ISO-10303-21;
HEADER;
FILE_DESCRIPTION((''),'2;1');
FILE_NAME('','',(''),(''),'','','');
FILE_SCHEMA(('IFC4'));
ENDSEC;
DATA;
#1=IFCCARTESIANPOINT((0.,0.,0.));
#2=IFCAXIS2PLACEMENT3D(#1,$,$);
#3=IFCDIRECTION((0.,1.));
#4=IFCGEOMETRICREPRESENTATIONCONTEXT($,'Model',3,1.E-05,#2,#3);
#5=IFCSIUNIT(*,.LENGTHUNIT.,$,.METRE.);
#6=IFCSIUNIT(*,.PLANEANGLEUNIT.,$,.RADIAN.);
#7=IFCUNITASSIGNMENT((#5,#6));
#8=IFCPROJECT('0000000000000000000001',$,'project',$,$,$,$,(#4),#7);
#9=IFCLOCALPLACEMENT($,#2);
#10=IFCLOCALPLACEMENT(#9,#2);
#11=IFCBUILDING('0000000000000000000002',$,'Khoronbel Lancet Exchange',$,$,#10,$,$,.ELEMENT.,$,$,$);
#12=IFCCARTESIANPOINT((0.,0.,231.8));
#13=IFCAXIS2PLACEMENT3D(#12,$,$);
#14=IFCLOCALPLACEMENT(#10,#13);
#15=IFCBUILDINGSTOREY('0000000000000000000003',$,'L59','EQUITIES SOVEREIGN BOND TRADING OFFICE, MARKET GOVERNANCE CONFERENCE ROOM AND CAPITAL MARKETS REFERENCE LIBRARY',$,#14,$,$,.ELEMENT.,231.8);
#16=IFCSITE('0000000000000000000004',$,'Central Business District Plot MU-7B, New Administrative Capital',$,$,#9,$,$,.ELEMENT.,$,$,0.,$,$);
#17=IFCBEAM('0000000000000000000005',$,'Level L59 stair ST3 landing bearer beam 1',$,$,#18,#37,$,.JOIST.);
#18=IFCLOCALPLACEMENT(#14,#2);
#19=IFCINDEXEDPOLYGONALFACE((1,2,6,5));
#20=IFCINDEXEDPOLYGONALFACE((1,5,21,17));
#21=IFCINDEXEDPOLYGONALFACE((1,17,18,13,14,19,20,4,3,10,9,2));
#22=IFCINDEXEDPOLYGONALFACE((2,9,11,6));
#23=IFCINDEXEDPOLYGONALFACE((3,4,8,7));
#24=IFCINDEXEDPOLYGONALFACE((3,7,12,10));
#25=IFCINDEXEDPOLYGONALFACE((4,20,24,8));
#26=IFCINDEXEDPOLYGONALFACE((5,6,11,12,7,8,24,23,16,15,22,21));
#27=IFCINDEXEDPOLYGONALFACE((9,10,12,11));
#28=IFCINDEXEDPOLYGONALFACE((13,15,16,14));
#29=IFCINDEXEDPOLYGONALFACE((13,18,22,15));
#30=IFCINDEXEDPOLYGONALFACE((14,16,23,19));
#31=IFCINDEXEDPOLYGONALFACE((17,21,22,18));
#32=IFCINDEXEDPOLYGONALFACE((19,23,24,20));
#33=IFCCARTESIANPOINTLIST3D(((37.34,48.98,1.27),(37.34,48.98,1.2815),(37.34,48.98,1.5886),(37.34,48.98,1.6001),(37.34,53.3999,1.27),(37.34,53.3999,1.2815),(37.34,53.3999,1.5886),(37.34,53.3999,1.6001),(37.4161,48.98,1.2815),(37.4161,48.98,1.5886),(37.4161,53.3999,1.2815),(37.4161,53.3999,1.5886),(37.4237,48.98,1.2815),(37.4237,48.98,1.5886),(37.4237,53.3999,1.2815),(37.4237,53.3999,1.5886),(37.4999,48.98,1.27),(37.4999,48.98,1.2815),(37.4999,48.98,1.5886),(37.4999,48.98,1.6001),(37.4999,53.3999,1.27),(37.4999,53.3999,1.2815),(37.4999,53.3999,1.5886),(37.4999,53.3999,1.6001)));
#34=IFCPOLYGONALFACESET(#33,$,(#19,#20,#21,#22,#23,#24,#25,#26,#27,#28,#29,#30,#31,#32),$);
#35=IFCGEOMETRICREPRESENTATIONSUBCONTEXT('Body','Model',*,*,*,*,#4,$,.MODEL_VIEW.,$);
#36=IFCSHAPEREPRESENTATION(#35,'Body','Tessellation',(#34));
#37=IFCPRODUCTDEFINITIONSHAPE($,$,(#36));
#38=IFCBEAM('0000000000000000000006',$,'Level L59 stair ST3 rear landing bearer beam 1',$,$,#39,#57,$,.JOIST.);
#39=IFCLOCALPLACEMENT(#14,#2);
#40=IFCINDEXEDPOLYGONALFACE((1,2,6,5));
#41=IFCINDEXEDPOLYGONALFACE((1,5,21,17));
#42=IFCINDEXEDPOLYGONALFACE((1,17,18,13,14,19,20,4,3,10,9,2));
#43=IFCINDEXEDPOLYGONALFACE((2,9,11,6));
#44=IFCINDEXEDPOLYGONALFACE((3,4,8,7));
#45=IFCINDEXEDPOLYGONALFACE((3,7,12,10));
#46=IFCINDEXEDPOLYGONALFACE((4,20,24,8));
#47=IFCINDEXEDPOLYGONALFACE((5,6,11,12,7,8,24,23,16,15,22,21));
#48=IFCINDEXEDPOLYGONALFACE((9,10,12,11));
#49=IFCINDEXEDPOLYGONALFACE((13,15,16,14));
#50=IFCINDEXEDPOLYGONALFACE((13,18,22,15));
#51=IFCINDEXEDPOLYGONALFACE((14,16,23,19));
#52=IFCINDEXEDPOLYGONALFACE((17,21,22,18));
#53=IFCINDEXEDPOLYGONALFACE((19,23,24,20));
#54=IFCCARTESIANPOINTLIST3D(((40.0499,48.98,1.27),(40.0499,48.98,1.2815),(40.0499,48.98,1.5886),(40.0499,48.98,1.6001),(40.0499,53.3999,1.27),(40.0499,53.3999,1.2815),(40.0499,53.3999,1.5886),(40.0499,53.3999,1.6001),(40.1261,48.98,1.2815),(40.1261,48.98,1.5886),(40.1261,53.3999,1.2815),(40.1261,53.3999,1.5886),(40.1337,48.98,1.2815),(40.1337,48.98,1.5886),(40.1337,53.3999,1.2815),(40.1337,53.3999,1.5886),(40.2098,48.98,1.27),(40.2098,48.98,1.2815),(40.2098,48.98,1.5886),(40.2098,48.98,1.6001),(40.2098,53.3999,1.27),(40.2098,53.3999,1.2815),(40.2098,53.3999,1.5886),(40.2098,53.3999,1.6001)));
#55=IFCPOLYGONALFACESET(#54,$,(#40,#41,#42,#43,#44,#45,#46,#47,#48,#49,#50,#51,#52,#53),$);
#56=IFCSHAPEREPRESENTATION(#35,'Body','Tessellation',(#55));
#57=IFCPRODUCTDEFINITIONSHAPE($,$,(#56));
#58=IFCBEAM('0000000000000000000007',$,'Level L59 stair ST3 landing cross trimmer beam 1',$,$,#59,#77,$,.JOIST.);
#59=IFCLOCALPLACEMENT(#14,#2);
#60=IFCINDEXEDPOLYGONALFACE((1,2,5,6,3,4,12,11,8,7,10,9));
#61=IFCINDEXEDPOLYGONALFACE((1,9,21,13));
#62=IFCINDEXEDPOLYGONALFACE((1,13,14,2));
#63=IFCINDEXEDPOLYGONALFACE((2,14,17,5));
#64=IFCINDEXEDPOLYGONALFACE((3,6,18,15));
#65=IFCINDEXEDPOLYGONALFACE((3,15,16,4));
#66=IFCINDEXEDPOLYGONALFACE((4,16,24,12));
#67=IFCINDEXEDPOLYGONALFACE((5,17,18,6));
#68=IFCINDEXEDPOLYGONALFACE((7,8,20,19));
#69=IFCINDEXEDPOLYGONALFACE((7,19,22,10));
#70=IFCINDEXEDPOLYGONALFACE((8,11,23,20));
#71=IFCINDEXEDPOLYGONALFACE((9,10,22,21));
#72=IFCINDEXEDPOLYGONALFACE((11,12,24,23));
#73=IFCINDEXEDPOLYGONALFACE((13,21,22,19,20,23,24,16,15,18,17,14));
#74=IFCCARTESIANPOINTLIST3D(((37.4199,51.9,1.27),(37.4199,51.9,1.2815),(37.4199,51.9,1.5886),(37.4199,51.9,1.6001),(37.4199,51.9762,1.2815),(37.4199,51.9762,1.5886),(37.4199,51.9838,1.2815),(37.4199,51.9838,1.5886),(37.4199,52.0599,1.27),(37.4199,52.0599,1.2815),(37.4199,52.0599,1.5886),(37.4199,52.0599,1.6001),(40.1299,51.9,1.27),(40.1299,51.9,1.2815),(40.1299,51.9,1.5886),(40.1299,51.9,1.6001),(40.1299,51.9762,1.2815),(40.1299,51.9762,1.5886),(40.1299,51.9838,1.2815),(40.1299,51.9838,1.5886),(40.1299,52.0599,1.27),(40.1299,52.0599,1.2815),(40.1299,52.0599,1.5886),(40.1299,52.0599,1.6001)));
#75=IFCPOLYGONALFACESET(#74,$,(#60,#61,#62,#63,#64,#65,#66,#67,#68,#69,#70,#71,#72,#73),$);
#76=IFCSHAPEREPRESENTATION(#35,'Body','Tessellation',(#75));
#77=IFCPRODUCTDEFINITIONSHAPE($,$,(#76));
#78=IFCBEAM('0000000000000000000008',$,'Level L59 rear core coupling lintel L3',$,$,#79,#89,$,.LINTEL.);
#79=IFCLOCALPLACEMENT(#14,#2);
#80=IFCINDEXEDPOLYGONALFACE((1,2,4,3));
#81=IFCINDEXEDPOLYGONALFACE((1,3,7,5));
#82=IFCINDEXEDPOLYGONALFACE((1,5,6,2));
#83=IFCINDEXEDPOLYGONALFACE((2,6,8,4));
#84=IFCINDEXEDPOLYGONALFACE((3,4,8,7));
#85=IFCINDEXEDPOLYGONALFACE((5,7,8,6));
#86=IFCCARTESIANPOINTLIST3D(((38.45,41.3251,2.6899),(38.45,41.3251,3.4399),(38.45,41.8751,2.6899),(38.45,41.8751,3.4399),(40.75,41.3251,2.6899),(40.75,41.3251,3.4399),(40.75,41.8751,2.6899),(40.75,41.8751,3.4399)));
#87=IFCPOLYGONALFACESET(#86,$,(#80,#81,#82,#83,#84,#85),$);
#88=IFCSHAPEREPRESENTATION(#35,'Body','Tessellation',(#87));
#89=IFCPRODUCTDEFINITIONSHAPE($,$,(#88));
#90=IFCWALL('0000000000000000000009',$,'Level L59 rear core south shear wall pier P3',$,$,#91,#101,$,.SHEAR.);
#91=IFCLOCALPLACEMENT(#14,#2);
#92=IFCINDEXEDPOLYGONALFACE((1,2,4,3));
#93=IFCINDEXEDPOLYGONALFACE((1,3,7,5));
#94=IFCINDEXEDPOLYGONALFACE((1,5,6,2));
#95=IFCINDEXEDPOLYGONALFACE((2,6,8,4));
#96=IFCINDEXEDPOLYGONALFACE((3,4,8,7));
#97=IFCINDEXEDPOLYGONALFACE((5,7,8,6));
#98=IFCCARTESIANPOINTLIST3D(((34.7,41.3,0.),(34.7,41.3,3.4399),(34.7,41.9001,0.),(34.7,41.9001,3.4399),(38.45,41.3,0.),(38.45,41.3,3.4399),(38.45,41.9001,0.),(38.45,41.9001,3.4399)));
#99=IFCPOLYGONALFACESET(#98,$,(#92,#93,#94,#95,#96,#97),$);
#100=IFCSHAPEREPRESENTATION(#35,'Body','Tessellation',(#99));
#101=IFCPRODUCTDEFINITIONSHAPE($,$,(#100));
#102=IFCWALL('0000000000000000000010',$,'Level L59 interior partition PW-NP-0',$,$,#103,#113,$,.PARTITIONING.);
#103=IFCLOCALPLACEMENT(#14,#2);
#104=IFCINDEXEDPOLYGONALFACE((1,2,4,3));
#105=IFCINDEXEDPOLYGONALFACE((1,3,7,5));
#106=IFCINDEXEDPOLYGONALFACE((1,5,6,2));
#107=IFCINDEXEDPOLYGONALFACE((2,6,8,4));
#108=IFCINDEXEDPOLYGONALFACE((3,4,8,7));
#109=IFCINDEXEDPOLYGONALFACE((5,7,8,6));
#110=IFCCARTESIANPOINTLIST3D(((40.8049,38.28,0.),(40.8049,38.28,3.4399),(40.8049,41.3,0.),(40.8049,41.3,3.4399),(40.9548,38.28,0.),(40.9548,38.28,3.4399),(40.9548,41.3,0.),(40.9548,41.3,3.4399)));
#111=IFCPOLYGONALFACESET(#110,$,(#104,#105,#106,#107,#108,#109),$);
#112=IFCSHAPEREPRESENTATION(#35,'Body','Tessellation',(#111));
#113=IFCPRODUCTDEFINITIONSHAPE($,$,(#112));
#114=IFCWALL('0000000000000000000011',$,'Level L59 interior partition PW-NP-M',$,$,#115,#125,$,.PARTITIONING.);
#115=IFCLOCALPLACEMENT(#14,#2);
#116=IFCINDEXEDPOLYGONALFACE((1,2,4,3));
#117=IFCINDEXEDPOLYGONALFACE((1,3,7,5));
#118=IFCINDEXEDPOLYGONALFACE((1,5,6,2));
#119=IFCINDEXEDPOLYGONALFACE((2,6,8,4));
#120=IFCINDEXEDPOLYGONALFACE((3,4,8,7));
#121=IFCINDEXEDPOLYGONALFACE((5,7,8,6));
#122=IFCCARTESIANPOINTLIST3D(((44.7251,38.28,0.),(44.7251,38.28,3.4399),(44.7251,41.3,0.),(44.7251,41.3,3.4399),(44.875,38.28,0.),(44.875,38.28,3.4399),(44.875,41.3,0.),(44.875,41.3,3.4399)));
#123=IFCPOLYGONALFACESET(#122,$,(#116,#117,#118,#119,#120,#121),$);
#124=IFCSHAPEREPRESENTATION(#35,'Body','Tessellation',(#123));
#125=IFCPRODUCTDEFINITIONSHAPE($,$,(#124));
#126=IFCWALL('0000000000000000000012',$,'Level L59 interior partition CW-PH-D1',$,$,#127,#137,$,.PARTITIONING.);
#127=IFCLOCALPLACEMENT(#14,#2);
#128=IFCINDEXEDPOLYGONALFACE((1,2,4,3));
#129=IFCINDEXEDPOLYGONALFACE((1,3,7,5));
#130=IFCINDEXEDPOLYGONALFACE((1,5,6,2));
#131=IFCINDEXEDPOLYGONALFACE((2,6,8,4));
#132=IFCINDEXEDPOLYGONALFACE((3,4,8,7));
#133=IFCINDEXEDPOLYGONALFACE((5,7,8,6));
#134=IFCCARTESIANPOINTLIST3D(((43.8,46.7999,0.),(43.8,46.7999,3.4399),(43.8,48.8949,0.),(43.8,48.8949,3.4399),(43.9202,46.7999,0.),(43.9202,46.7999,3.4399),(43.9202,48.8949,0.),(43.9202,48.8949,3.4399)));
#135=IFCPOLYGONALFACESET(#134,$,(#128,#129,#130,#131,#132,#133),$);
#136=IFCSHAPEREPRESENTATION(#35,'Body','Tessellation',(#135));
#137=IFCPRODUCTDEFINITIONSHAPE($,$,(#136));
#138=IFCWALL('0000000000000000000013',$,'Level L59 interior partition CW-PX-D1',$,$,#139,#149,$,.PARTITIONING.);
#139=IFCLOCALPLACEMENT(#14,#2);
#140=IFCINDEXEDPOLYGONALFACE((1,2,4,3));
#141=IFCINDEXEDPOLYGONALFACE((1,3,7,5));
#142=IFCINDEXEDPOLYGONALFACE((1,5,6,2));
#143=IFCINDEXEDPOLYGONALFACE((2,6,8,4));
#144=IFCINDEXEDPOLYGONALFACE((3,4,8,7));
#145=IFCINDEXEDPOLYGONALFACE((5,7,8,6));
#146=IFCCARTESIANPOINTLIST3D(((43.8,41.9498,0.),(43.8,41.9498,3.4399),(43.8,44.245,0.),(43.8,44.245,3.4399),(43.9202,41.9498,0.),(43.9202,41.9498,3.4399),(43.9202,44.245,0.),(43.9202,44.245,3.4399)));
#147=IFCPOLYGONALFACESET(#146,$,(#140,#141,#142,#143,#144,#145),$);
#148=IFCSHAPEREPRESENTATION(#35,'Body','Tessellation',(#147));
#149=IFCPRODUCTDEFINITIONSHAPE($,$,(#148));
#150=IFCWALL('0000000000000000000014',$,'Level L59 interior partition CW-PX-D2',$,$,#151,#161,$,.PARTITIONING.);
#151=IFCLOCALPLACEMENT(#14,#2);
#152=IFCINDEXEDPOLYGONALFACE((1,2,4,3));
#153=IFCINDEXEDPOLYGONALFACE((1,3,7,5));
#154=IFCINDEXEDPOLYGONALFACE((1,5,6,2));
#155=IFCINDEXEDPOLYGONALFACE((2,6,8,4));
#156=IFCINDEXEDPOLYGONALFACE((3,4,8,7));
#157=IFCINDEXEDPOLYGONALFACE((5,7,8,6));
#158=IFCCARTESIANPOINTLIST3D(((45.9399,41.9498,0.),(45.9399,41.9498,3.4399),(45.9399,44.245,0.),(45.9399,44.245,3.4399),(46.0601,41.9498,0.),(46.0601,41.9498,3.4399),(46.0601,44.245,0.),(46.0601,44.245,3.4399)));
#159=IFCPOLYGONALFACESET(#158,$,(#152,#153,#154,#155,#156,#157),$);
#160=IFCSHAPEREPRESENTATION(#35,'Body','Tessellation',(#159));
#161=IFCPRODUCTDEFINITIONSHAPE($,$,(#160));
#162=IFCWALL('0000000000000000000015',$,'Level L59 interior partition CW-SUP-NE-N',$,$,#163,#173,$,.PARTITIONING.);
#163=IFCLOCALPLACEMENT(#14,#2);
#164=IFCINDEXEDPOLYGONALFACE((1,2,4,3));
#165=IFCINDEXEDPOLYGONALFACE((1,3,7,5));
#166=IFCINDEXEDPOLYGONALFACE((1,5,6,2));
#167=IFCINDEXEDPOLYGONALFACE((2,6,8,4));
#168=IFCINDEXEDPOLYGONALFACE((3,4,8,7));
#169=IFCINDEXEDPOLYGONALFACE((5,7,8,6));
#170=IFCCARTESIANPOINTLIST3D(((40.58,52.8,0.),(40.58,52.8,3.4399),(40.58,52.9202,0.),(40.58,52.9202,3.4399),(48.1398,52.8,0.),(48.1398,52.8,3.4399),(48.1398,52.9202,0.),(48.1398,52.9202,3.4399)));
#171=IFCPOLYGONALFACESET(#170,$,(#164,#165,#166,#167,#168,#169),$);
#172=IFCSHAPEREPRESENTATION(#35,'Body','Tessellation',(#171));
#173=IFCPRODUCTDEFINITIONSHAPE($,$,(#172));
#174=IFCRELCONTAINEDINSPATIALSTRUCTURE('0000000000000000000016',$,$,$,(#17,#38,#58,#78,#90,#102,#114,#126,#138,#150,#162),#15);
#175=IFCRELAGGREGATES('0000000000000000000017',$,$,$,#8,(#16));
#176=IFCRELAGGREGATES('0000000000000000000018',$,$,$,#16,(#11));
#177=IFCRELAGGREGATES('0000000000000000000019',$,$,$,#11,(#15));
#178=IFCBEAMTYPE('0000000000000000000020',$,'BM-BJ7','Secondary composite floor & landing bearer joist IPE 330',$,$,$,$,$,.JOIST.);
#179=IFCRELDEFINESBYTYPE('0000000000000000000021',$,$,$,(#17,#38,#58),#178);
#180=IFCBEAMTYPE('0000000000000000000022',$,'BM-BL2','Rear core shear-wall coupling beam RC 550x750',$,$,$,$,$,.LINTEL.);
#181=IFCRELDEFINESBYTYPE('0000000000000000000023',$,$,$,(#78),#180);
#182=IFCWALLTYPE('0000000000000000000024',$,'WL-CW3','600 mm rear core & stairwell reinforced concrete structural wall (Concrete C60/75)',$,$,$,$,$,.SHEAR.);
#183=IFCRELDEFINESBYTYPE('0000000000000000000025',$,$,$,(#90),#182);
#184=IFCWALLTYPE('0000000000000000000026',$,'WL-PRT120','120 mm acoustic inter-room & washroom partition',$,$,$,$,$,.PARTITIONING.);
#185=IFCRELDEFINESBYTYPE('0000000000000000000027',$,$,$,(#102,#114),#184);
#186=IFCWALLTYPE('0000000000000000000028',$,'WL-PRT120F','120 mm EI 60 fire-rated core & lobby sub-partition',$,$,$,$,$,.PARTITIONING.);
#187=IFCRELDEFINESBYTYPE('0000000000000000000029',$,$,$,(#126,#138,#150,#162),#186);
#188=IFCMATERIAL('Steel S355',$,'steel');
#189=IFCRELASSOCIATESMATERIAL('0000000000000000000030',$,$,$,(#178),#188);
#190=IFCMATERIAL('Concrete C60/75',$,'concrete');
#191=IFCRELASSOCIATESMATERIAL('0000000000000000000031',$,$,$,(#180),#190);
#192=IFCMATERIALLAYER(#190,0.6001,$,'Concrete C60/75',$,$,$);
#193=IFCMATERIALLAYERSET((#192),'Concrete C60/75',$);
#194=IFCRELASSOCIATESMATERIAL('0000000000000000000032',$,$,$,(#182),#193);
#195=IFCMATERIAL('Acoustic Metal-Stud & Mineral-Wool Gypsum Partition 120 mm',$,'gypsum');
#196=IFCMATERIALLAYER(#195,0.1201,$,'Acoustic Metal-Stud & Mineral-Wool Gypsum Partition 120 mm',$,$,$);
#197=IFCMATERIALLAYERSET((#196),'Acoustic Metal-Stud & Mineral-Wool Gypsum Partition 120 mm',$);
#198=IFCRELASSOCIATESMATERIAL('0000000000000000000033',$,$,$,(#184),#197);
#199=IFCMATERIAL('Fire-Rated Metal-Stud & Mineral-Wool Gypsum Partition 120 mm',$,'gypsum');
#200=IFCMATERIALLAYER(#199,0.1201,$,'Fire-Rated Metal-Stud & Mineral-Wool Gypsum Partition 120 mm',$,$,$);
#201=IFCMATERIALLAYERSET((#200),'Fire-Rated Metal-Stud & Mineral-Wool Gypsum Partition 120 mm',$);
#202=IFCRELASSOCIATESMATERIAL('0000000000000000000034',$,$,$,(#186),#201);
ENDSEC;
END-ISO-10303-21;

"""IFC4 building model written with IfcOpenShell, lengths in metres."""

from ifc_helpers import new_model, si_unit, direction, frame, frame_2d, origin, origin_2d, place, context, subcontext, project, spatial, rectangle, i_section, extrude, material, layer, layer_set, material_profile, profile_set, type_object, element, save


model = new_model("IFC4")

# Units and contexts
model_context = context("Model", 3, precision=1e-05, world=origin(), true_north=direction((0.0, 1.0)))
body_context = subcontext(model_context, "Body", "Model", "MODEL_VIEW")
ifc_project = project(units=[si_unit("LENGTHUNIT", "METRE"), si_unit("PLANEANGLEUNIT", "RADIAN")], contexts=[model_context])

# Site, building, storey
site_placement = place(None, origin())
site = spatial("IfcSite", under=ifc_project, at=site_placement, Name="Central Business District Plot MU-7B, New Administrative Capital", CompositionType="ELEMENT", RefElevation=0.0)
building_placement = place(site_placement, origin())
building = spatial("IfcBuilding", under=site, at=building_placement, Name="Khoronbel Lancet Exchange", CompositionType="ELEMENT")
storey_placement = place(building_placement, frame((0.0, 0.0, 231.8)))
storey = spatial("IfcBuildingStorey", under=building, at=storey_placement, Name="L59", Description="EQUITIES SOVEREIGN BOND TRADING OFFICE, MARKET GOVERNANCE CONFERENCE ROOM AND CAPITAL MARKETS REFERENCE LIBRARY", CompositionType="ELEMENT", Elevation=231.8)

# Beams
ifc_material_1 = material(Name="Steel S355", Category="steel")
ifc_material_profile_1 = material_profile(ifc_material_1, i_section(OverallWidth=0.1599, OverallDepth=0.3301, WebThickness=0.0076, FlangeThickness=0.0115, at=origin_2d()), Name="IPE 330")
ifc_profile_set_1 = profile_set([ifc_material_profile_1], Name="Steel S355")
beam_type_1 = type_object("IfcBeamType", Name="BM-BJ7", Description="Secondary composite floor & landing bearer joist IPE 330", PredefinedType="JOIST", material=ifc_profile_set_1)
for number, where, z_axis, x_axis, name in (
    (1, (37.4199, 48.98, 1.4351), (0.0, 1.0, 0.0), (-1.0, 0.0, 0.0), "Level L59 stair ST3 landing bearer beam 1"),
    (2, (40.1299, 48.98, 1.4351), (0.0, 1.0, 0.0), (-1.0, 0.0, 0.0), "Level L59 stair ST3 rear landing bearer beam 1"),
):
    element("IfcBeam", number, at=place(storey_placement, frame(where, z_axis=z_axis, x_axis=x_axis)), inside=storey, type_object=beam_type_1, Name=name, PredefinedType="JOIST", context=body_context, shape_type="SweptSolid", body=[
        extrude(i_section(OverallWidth=0.1599, OverallDepth=0.3301, WebThickness=0.0076, FlangeThickness=0.0115, at=origin_2d()), origin(), (0.0, 0.0, 1.0), 4.4199),
    ])
beam_1_placement = place(storey_placement, frame((37.4199, 51.98, 1.4351), z_axis=(1.0, 0.0, 0.0), x_axis=(0.0, 1.0, 0.0)))
element("IfcBeam", 3, at=beam_1_placement, inside=storey, type_object=beam_type_1, Name="Level L59 stair ST3 landing cross trimmer beam 1", PredefinedType="JOIST", context=body_context, shape_type="SweptSolid", body=[
    extrude(i_section(OverallWidth=0.1599, OverallDepth=0.3301, WebThickness=0.0076, FlangeThickness=0.0115, at=origin_2d()), origin(), (0.0, 0.0, 1.0), 2.71),
])
ifc_material_2 = material(Name="Concrete C60/75", Category="concrete")
ifc_material_profile_2 = material_profile(ifc_material_2, rectangle(XDim=0.55, YDim=0.75, at=origin_2d()), Name="RC 550x750")
ifc_profile_set_2 = profile_set([ifc_material_profile_2], Name="Concrete C60/75")
beam_type_2 = type_object("IfcBeamType", Name="BM-BL2", Description="Rear core shear-wall coupling beam RC 550x750", PredefinedType="LINTEL", material=ifc_profile_set_2)
beam_2_placement = place(storey_placement, frame((38.45, 41.6001, 3.0649), z_axis=(1.0, 0.0, 0.0), x_axis=(0.0, 1.0, 0.0)))
element("IfcBeam", 4, at=beam_2_placement, inside=storey, type_object=beam_type_2, Name="Level L59 rear core coupling lintel L3", PredefinedType="LINTEL", context=body_context, shape_type="SweptSolid", body=[
    extrude(rectangle(XDim=0.55, YDim=0.75, at=origin_2d()), origin(), (0.0, 0.0, 1.0), 2.3),
])

# Walls
ifc_layer_1 = layer(ifc_material_2, 0.6001, Name="Concrete C60/75")
ifc_layer_set_1 = layer_set([ifc_layer_1], Name="Concrete C60/75")
wall_type_1 = type_object("IfcWallType", Name="WL-CW3", Description="600 mm rear core & stairwell reinforced concrete structural wall (Concrete C60/75)", PredefinedType="SHEAR", material=ifc_layer_set_1)
wall_1_placement = place(storey_placement, frame((38.45, 41.6001, 0.0), z_axis=(0.0, 0.0, 1.0), x_axis=(-1.0, 0.0, 0.0)))
element("IfcWall", 5, at=wall_1_placement, inside=storey, type_object=wall_type_1, Name="Level L59 rear core south shear wall pier P3", PredefinedType="SHEAR", context=body_context, shape_type="SweptSolid", body=[
    extrude(rectangle(XDim=3.75, YDim=0.6001, at=frame_2d((1.875, 0.0))), origin(), (0.0, 0.0, 1.0), 3.4399),
])
ifc_material_3 = material(Name="Acoustic Metal-Stud & Mineral-Wool Gypsum Partition 120 mm", Category="gypsum")
ifc_layer_2 = layer(ifc_material_3, 0.1201, Name="Acoustic Metal-Stud & Mineral-Wool Gypsum Partition 120 mm")
ifc_layer_set_2 = layer_set([ifc_layer_2], Name="Acoustic Metal-Stud & Mineral-Wool Gypsum Partition 120 mm")
wall_type_2 = type_object("IfcWallType", Name="WL-PRT120", Description="120 mm acoustic inter-room & washroom partition", PredefinedType="PARTITIONING", material=ifc_layer_set_2)
for number, where, z_axis, x_axis, name in (
    (6, (40.8799, 38.28, 0.0), (0.0, 0.0, 1.0), (0.0, 1.0, 0.0), "Level L59 interior partition PW-NP-0"),
    (7, (44.8, 38.28, 0.0), (0.0, 0.0, 1.0), (0.0, 1.0, 0.0), "Level L59 interior partition PW-NP-M"),
):
    element("IfcWall", number, at=place(storey_placement, frame(where, z_axis=z_axis, x_axis=x_axis)), inside=storey, type_object=wall_type_2, Name=name, PredefinedType="PARTITIONING", context=body_context, shape_type="SweptSolid", body=[
        extrude(rectangle(XDim=3.02, YDim=0.1499, at=frame_2d((1.51, 0.0))), origin(), (0.0, 0.0, 1.0), 3.4399),
    ])
ifc_material_4 = material(Name="Fire-Rated Metal-Stud & Mineral-Wool Gypsum Partition 120 mm", Category="gypsum")
ifc_layer_3 = layer(ifc_material_4, 0.1201, Name="Fire-Rated Metal-Stud & Mineral-Wool Gypsum Partition 120 mm")
ifc_layer_set_3 = layer_set([ifc_layer_3], Name="Fire-Rated Metal-Stud & Mineral-Wool Gypsum Partition 120 mm")
wall_type_3 = type_object("IfcWallType", Name="WL-PRT120F", Description="120 mm EI 60 fire-rated core & lobby sub-partition", PredefinedType="PARTITIONING", material=ifc_layer_set_3)
wall_2_placement = place(storey_placement, frame((43.8601, 46.8, 0.0), z_axis=(0.0, 0.0, 1.0), x_axis=(0.0, 1.0, 0.0)))
element("IfcWall", 8, at=wall_2_placement, inside=storey, type_object=wall_type_3, Name="Level L59 interior partition CW-PH-D1", PredefinedType="PARTITIONING", context=body_context, shape_type="SweptSolid", body=[
    extrude(rectangle(XDim=2.095, YDim=0.1201, at=frame_2d((1.0474, 0.0))), origin(), (0.0, 0.0, 1.0), 3.4399),
])
for number, where, z_axis, x_axis, name in (
    (9, (43.8601, 41.95, 0.0), (0.0, 0.0, 1.0), (0.0, 1.0, 0.0), "Level L59 interior partition CW-PX-D1"),
    (10, (46.0, 41.95, 0.0), (0.0, 0.0, 1.0), (0.0, 1.0, 0.0), "Level L59 interior partition CW-PX-D2"),
):
    element("IfcWall", number, at=place(storey_placement, frame(where, z_axis=z_axis, x_axis=x_axis)), inside=storey, type_object=wall_type_3, Name=name, PredefinedType="PARTITIONING", context=body_context, shape_type="SweptSolid", body=[
        extrude(rectangle(XDim=2.2952, YDim=0.1201, at=frame_2d((1.1475, 0.0))), origin(), (0.0, 0.0, 1.0), 3.4399),
    ])
wall_3_placement = place(storey_placement, frame((40.5801, 52.8601, 0.0), z_axis=(0.0, 0.0, 1.0), x_axis=(1.0, 0.0, 0.0)))
element("IfcWall", 11, at=wall_3_placement, inside=storey, type_object=wall_type_3, Name="Level L59 interior partition CW-SUP-NE-N", PredefinedType="PARTITIONING", context=body_context, shape_type="SweptSolid", body=[
    extrude(rectangle(XDim=7.5598, YDim=0.1201, at=frame_2d((3.7798, 0.0))), origin(), (0.0, 0.0, 1.0), 3.4399),
])

save(model, "model.ifc")
